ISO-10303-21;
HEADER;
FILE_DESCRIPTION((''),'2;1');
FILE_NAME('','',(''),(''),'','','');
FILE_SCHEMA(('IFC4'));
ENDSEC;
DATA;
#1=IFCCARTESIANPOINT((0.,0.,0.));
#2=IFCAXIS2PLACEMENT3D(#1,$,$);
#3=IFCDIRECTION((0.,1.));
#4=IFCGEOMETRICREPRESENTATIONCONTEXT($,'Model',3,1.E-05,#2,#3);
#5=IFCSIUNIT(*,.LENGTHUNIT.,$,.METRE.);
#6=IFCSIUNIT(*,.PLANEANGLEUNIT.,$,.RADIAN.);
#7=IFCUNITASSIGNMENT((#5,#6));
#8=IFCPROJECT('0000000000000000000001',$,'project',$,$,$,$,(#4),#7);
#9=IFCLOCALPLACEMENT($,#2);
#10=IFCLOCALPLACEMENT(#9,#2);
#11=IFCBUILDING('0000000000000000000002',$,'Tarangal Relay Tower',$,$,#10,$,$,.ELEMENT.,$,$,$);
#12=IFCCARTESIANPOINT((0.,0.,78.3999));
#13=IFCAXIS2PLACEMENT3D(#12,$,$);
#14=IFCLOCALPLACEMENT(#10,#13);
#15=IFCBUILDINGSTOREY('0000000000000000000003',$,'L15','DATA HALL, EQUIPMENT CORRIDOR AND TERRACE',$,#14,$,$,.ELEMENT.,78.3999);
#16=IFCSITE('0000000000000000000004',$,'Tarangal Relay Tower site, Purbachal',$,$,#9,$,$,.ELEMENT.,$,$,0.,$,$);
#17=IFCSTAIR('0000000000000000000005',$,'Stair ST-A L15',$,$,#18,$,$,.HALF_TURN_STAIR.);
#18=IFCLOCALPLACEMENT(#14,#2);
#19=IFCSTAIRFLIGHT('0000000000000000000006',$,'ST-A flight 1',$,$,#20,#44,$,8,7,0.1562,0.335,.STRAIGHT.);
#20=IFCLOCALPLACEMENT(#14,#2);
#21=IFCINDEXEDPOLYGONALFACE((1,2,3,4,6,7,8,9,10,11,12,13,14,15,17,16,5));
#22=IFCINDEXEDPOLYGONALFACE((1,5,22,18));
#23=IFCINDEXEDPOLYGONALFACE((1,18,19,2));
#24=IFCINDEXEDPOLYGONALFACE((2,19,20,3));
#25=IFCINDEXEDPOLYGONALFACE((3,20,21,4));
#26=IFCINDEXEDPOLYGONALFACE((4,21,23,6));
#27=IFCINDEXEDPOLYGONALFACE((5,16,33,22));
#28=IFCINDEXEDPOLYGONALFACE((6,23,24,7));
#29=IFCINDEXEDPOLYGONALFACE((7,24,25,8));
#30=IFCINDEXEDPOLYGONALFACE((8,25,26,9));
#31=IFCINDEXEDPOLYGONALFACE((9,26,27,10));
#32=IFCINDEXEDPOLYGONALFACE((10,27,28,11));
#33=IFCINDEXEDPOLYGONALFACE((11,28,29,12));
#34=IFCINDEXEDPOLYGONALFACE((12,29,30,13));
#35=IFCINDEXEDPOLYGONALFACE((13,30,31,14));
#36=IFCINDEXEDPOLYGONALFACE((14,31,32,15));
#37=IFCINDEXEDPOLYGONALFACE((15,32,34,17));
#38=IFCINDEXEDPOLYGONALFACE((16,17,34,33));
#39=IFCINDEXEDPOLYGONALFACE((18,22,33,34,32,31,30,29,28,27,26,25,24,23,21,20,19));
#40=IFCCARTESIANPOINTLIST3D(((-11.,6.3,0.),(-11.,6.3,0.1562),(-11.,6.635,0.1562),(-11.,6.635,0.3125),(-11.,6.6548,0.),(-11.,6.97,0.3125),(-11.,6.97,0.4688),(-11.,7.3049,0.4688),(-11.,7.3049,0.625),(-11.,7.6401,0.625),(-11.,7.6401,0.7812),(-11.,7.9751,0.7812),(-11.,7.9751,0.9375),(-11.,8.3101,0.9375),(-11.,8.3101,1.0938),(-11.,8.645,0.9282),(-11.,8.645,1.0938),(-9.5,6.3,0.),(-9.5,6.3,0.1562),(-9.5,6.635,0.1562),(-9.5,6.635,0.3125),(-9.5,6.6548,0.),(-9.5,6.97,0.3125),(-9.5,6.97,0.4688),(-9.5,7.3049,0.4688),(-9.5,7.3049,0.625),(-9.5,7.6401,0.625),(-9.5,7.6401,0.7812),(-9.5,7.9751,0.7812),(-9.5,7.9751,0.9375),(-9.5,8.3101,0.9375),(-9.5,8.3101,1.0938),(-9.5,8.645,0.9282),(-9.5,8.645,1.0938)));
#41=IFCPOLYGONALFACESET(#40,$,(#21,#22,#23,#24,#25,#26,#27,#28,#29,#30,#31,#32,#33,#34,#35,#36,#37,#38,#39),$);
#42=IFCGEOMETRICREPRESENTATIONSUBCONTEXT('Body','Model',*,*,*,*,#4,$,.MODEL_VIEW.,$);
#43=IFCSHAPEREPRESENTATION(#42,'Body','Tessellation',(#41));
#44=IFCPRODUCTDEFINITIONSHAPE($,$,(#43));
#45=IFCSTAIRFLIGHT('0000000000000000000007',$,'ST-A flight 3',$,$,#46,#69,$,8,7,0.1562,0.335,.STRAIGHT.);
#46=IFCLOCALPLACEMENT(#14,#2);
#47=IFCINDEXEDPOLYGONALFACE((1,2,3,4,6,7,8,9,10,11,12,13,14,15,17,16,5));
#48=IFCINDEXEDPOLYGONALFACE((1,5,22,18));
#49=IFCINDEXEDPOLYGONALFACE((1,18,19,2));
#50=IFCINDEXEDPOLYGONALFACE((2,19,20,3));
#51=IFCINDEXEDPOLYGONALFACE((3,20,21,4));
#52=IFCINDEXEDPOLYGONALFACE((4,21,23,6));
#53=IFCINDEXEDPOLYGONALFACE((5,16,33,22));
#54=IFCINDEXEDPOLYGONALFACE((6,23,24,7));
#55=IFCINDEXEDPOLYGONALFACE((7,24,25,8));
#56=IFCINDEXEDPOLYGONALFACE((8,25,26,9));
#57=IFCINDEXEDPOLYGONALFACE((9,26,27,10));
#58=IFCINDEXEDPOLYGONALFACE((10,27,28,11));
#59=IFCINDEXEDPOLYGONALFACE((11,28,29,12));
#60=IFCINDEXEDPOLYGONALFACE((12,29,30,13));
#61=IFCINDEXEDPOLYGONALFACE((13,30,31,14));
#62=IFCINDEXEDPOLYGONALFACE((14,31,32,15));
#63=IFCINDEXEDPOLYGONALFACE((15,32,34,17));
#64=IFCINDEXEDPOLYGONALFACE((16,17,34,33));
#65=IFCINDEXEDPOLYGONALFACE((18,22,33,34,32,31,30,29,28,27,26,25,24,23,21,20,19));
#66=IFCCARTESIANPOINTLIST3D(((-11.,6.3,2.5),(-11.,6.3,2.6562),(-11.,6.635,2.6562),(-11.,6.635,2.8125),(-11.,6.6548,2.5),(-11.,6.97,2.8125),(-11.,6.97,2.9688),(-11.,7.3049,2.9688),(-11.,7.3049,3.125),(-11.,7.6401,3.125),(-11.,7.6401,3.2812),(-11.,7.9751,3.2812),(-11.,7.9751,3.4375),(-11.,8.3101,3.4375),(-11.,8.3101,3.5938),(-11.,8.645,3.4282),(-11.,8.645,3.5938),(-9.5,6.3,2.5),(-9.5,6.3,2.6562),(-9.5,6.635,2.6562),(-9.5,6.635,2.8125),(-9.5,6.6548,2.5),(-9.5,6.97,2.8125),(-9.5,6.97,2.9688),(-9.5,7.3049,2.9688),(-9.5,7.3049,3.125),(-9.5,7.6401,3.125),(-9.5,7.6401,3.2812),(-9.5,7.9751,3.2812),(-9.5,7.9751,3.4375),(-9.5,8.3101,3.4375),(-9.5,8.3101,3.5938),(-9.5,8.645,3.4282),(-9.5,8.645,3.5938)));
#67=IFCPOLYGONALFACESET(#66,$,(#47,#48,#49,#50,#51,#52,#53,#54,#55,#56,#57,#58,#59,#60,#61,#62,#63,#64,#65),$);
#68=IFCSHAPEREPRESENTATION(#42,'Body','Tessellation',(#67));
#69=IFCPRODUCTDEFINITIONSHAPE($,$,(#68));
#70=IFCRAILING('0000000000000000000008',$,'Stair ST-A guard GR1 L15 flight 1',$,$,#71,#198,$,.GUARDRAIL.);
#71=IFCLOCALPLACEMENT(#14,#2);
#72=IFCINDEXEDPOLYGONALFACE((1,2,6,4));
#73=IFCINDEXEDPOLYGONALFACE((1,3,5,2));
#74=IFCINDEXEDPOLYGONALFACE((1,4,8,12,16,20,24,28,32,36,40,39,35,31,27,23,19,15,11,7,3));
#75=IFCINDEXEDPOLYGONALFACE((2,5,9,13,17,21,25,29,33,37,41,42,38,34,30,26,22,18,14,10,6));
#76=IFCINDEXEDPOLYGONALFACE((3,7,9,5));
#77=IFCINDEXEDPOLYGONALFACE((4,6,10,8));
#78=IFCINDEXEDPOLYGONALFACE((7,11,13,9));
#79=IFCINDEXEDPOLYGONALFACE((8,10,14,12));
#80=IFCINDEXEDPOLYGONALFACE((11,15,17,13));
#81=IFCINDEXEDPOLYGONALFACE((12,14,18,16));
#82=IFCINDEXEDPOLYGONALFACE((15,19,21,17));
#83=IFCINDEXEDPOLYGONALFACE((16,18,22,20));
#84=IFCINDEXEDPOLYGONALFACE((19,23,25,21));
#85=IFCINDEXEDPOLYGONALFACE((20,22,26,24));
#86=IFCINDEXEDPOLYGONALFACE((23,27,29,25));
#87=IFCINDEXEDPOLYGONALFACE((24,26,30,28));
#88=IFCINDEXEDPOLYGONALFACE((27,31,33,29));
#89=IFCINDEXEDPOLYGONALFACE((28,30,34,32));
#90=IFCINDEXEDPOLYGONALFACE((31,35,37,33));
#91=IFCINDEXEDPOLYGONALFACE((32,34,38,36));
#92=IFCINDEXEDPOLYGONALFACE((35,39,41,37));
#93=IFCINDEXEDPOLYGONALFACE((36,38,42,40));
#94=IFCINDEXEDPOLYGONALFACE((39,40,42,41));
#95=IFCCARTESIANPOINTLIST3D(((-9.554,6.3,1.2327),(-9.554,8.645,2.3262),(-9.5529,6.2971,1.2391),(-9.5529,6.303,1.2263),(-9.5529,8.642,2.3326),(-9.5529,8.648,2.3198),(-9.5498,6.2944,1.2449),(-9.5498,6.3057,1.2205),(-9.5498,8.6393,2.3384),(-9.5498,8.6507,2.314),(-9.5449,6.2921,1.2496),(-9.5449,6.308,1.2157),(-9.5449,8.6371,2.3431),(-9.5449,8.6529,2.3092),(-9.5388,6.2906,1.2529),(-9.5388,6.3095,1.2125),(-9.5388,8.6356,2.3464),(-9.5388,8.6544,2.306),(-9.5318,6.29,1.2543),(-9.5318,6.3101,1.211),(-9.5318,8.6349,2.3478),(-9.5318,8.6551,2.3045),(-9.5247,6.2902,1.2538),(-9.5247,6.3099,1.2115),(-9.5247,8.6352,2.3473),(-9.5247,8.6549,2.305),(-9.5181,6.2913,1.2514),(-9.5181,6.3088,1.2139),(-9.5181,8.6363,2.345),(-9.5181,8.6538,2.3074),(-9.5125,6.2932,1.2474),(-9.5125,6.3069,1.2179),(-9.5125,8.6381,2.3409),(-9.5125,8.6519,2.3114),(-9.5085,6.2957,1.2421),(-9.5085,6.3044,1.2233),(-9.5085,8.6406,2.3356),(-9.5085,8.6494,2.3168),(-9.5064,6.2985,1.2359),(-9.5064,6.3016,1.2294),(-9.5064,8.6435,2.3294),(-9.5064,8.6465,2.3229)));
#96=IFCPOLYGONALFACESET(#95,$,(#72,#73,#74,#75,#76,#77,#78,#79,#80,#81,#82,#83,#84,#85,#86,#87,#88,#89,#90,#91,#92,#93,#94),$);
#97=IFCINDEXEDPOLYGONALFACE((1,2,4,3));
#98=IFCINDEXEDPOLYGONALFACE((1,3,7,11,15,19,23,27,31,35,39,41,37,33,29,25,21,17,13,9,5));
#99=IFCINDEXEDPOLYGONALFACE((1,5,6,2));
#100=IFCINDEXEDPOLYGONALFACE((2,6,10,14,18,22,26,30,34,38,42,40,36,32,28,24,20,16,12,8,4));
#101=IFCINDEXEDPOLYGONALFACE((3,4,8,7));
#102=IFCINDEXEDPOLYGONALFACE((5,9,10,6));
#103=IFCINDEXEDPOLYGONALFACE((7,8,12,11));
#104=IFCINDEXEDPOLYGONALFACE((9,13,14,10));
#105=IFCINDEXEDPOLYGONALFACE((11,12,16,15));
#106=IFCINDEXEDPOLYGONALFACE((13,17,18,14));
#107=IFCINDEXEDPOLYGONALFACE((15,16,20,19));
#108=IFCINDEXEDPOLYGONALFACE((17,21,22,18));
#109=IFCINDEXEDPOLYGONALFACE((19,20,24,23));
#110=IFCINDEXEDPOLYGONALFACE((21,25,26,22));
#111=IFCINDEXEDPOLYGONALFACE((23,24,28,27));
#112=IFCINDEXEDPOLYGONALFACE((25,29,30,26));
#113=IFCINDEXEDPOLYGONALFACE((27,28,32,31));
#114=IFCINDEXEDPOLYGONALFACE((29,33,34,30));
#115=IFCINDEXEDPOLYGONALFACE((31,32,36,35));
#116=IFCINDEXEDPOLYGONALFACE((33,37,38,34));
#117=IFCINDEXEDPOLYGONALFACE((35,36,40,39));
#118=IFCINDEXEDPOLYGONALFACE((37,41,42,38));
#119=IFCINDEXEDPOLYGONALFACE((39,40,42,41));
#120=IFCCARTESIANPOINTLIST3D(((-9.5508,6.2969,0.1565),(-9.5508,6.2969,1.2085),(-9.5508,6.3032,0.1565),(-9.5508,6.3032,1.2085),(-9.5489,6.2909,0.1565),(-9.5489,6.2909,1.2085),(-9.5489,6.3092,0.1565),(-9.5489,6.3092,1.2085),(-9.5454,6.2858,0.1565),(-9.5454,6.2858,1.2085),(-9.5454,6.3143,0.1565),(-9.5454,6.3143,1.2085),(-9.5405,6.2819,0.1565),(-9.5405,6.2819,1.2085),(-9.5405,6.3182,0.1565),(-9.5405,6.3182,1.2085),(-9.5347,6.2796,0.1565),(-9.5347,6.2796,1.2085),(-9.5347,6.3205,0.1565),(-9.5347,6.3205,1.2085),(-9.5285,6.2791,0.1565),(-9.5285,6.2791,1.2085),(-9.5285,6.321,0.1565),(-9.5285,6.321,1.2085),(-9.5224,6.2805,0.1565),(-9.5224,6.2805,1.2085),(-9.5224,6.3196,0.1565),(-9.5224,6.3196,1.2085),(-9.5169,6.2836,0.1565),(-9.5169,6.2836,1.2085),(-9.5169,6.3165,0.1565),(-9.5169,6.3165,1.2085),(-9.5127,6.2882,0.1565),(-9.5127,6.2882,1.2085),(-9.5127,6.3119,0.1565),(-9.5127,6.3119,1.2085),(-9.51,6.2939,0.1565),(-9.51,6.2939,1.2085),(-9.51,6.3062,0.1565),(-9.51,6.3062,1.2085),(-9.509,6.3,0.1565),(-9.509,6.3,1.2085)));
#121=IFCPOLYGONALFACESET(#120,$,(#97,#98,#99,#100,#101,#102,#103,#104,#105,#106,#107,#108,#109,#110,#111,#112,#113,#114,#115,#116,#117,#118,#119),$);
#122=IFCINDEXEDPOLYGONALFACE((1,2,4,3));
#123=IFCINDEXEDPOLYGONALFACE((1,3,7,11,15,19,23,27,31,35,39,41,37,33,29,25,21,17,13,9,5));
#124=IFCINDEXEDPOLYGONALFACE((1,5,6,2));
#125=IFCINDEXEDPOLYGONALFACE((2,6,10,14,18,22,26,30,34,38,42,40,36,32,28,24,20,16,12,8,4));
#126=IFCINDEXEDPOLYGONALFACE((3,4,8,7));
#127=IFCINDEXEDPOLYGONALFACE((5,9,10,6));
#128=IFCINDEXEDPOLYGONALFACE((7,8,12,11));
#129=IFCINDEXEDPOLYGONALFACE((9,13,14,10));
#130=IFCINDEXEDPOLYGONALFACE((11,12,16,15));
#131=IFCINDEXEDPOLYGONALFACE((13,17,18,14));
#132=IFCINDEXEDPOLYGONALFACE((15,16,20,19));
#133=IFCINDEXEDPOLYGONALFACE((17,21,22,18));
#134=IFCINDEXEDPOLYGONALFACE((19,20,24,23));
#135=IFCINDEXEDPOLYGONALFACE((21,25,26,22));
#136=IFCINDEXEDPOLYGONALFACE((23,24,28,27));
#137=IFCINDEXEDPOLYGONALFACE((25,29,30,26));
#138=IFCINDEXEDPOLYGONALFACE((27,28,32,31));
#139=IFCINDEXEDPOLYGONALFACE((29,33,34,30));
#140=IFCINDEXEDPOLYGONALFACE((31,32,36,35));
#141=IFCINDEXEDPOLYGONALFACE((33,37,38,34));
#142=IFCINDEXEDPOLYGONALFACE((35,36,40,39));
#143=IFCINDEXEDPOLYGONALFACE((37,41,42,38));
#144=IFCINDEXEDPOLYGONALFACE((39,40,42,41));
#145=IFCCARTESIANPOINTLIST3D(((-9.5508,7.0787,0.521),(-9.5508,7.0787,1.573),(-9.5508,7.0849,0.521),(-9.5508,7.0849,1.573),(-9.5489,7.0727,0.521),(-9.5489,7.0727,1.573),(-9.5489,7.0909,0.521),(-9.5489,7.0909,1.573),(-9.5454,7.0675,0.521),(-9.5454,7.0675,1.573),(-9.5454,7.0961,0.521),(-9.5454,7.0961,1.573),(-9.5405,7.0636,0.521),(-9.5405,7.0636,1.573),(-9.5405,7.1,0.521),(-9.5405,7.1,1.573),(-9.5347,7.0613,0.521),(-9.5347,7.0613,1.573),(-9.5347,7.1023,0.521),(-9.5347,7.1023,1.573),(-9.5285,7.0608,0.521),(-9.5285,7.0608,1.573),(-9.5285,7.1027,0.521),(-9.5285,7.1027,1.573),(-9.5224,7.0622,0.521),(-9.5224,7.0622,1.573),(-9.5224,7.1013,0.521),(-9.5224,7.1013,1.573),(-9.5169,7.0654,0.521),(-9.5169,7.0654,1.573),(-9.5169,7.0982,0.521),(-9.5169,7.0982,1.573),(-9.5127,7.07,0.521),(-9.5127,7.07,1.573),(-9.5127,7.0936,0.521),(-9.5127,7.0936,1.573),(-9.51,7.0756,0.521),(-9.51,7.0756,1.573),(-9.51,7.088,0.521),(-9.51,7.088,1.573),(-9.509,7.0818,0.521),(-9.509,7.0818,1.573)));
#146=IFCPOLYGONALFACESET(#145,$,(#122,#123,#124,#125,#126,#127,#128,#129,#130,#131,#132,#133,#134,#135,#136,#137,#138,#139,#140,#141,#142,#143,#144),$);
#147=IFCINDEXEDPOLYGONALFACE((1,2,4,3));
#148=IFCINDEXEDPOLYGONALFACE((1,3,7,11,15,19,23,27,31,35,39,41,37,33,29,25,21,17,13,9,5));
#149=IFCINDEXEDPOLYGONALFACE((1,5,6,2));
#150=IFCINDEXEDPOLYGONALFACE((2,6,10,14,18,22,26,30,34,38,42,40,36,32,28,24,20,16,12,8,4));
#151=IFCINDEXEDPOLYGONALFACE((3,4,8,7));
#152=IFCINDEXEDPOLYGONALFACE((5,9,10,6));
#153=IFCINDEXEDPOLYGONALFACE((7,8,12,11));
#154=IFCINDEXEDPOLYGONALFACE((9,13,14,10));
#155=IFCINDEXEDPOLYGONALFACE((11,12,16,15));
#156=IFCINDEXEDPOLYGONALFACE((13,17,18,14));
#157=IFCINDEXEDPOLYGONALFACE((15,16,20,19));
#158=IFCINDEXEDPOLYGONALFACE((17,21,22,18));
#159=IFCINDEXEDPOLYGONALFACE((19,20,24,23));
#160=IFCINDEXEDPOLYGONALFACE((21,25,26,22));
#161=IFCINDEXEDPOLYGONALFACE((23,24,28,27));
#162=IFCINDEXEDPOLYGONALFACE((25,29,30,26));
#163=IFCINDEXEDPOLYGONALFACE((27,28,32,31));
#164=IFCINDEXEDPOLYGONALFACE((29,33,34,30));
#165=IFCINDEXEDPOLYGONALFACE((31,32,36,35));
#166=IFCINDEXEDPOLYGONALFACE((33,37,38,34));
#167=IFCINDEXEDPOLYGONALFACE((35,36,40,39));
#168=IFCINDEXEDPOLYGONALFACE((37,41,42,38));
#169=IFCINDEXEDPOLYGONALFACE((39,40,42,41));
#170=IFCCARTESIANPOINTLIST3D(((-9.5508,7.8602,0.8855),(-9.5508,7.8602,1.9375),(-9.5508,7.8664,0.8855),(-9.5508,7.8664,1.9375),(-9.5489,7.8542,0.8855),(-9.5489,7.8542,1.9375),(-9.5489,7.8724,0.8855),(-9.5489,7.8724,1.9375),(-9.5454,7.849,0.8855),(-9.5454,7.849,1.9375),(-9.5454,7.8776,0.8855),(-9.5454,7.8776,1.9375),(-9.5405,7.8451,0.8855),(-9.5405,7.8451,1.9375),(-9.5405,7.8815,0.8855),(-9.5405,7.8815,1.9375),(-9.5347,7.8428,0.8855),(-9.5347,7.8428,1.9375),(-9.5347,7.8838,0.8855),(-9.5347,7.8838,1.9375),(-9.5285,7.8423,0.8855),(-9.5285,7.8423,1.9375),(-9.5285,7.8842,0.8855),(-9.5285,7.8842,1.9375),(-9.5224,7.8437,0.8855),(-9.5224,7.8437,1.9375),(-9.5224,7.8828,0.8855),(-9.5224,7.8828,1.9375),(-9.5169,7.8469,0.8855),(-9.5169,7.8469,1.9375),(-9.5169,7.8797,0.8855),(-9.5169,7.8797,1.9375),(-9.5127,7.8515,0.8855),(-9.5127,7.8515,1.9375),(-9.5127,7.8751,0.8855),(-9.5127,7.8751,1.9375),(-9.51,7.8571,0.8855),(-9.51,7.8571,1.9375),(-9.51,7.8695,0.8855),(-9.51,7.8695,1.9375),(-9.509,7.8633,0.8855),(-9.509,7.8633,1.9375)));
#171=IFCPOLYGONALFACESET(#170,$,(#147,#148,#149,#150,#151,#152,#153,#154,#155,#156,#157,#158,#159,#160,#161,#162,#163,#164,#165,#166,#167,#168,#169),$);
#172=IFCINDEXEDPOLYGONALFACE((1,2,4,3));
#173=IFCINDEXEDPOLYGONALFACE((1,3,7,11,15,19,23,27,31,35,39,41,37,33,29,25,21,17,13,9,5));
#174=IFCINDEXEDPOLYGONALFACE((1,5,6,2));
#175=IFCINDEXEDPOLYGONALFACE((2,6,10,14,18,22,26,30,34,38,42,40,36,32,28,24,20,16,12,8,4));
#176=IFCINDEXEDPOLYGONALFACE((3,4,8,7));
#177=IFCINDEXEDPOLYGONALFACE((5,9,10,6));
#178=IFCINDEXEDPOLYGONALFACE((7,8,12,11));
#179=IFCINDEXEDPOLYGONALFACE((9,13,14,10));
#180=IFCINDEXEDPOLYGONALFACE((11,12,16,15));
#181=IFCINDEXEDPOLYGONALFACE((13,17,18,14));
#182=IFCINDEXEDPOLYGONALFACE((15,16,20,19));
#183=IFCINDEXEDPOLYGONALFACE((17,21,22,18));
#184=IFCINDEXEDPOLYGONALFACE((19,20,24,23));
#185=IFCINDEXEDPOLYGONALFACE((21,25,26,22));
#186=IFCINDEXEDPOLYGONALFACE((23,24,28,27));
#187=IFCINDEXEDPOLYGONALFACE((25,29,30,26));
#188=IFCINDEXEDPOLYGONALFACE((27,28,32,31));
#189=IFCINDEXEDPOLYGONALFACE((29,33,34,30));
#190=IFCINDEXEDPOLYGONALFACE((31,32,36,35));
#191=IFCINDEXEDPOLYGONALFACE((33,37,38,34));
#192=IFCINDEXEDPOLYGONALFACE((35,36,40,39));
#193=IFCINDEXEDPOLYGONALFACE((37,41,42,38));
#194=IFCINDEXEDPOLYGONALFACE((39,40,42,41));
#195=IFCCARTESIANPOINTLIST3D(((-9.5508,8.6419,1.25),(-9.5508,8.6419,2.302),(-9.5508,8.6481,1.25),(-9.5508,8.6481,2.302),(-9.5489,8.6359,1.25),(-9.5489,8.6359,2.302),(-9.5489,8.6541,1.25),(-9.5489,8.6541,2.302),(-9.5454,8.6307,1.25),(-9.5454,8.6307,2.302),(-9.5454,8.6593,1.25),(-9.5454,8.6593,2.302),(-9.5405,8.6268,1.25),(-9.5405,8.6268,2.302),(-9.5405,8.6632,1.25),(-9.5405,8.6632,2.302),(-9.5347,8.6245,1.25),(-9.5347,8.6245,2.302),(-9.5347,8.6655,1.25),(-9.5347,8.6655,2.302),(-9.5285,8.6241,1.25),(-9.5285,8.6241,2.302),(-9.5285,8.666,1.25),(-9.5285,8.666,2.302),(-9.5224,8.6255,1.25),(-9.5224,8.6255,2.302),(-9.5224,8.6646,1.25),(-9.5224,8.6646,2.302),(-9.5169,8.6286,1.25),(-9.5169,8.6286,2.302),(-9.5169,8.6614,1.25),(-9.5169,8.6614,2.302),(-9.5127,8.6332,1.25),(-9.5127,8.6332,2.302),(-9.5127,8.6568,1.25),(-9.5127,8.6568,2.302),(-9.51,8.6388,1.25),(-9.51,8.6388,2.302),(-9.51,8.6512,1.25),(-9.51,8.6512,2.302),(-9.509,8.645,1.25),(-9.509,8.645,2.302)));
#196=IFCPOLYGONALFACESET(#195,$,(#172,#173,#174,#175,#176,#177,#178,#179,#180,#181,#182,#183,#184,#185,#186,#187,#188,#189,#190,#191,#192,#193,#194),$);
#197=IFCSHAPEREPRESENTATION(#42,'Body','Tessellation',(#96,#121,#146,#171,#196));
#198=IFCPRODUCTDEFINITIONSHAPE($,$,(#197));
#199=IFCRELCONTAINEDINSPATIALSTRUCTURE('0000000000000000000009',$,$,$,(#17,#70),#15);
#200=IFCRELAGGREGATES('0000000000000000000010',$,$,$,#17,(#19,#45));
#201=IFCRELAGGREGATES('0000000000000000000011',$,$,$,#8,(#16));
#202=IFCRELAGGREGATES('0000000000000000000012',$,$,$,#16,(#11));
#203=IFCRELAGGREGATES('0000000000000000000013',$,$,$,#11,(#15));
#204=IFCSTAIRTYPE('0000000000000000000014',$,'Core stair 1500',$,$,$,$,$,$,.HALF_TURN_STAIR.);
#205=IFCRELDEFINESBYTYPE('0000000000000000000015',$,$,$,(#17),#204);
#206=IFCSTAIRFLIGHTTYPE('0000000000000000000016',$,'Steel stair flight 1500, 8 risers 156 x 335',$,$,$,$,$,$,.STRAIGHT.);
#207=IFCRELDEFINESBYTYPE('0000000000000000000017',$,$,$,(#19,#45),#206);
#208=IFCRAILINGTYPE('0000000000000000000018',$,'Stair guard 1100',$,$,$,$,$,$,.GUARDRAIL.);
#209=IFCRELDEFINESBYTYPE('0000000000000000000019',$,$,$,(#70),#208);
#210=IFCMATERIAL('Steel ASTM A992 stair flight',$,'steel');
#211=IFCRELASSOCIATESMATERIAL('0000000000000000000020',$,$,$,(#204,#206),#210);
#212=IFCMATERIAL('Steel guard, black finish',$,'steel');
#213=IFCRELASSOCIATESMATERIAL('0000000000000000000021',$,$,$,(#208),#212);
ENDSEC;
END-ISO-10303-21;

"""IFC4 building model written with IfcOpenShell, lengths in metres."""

from ifc_helpers import new_model, si_unit, direction, frame, origin, origin_2d, place, context, subcontext, project, spatial, polyline, circle, outline, extrude, material, type_object, element, aggregate, save


model = new_model("IFC4")

# Units and contexts
model_context = context("Model", 3, precision=1e-05, world=origin(), true_north=direction((0.0, 1.0)))
body_context = subcontext(model_context, "Body", "Model", "MODEL_VIEW")
ifc_project = project(units=[si_unit("LENGTHUNIT", "METRE"), si_unit("PLANEANGLEUNIT", "RADIAN")], contexts=[model_context])

# Site, building, storey
site_placement = place(None, origin())
site = spatial("IfcSite", under=ifc_project, at=site_placement, Name="Tarangal Relay Tower site, Purbachal", CompositionType="ELEMENT", RefElevation=0.0)
building_placement = place(site_placement, origin())
building = spatial("IfcBuilding", under=site, at=building_placement, Name="Tarangal Relay Tower", CompositionType="ELEMENT")
storey_placement = place(building_placement, frame((0.0, 0.0, 78.3999)))
storey = spatial("IfcBuildingStorey", under=building, at=storey_placement, Name="L15", Description="DATA HALL, EQUIPMENT CORRIDOR AND TERRACE", CompositionType="ELEMENT", Elevation=78.3999)

# Stair, stair flights
ifc_material_1 = material(Name="Steel ASTM A992 stair flight", Category="steel")
stair_type = type_object("IfcStairType", Name="Core stair 1500", PredefinedType="HALF_TURN_STAIR", material=ifc_material_1)
stair_placement = place(storey_placement, origin())
stair = element("IfcStair", 1, at=stair_placement, inside=storey, type_object=stair_type, Name="Stair ST-A L15", PredefinedType="HALF_TURN_STAIR")
stair_flight_type = type_object("IfcStairFlightType", Name="Steel stair flight 1500, 8 risers 156 x 335", PredefinedType="STRAIGHT", material=ifc_material_1)
stair_flight_1_placement = place(storey_placement, frame((-10.25, 6.3, 0.0), z_axis=(0.0, 0.0, 1.0), x_axis=(0.0, 1.0, 0.0)))
stair_flight_1 = element("IfcStairFlight", 2, at=stair_flight_1_placement, type_object=stair_flight_type, Name="ST-A flight 1", NumberOfRisers=8, NumberOfTreads=7, PredefinedType="STRAIGHT", RiserHeight=0.1562, TreadLength=0.335, context=body_context, shape_type="SweptSolid", body=[
    extrude(outline(polyline([(0.0, 0.0), (0.0, 0.1562), (0.335, 0.1562), (0.335, 0.3125), (0.6699, 0.3125), (0.6699, 0.4688), (1.0049, 0.4688), (1.0049, 0.625), (1.3401, 0.625), (1.3401, 0.7812), (1.675, 0.7812), (1.675, 0.9375), (2.01, 0.9375), (2.01, 1.0938), (2.345, 1.0938), (2.345, 1.25), (2.345, 0.9282), (0.3547, 0.0), (0.0, 0.0)])), frame((0.0, 0.75, 0.0), z_axis=(0.0, -1.0, 0.0), x_axis=(1.0, 0.0, 0.0)), (0.0, 0.0, 1.0), 1.5),
])
stair_flight_2_placement = place(storey_placement, frame((-10.25, 6.3, 2.5), z_axis=(0.0, 0.0, 1.0), x_axis=(0.0, 1.0, 0.0)))
stair_flight_2 = element("IfcStairFlight", 3, at=stair_flight_2_placement, type_object=stair_flight_type, Name="ST-A flight 3", NumberOfRisers=8, NumberOfTreads=7, PredefinedType="STRAIGHT", RiserHeight=0.1562, TreadLength=0.335, context=body_context, shape_type="SweptSolid", body=[
    extrude(outline(polyline([(0.0, 0.0), (0.0, 0.1562), (0.335, 0.1562), (0.335, 0.3125), (0.6699, 0.3125), (0.6699, 0.4688), (1.0049, 0.4688), (1.0049, 0.625), (1.3401, 0.625), (1.3401, 0.7812), (1.675, 0.7812), (1.675, 0.9375), (2.01, 0.9375), (2.01, 1.0938), (2.345, 1.0938), (2.345, 1.25), (2.345, 0.9282), (0.3547, 0.0), (0.0, 0.0)])), frame((0.0, 0.75, 0.0), z_axis=(0.0, -1.0, 0.0), x_axis=(1.0, 0.0, 0.0)), (0.0, 0.0, 1.0), 1.5),
])
aggregate(stair, [stair_flight_1, stair_flight_2])

# Railing
ifc_material_2 = material(Name="Steel guard, black finish", Category="steel")
railing_type_1 = type_object("IfcRailingType", Name="Stair guard 1100", PredefinedType="GUARDRAIL", material=ifc_material_2)
for number, where, name in (
    (4, (-9.53, 6.3, 0.1565), "Stair ST-A guard GR1 L15 flight 1"),
):
    element("IfcRailing", number, at=place(storey_placement, frame(where)), inside=storey, type_object=railing_type_1, Name=name, PredefinedType="GUARDRAIL", context=body_context, shape_type="SweptSolid", body=[
        extrude(circle(Radius=0.0239, at=origin_2d()), frame((0.0, 0.0, 1.0762), z_axis=(0.0, 0.906304, 0.422627), x_axis=(-1.0, 0.0, 0.0)), (0.0, 0.0, 1.0), 2.5874),
        extrude(circle(Radius=0.021, at=origin_2d()), origin(), (0.0, 0.0, 1.0), 1.052),
        extrude(circle(Radius=0.021, at=origin_2d()), frame((0.0, 0.7817, 0.3645)), (0.0, 0.0, 1.0), 1.052),
        extrude(circle(Radius=0.021, at=origin_2d()), frame((0.0, 1.5632, 0.729)), (0.0, 0.0, 1.0), 1.052),
        extrude(circle(Radius=0.021, at=origin_2d()), frame((0.0, 2.345, 1.0935)), (0.0, 0.0, 1.0), 1.052),
    ])

save(model, "model.ifc")
